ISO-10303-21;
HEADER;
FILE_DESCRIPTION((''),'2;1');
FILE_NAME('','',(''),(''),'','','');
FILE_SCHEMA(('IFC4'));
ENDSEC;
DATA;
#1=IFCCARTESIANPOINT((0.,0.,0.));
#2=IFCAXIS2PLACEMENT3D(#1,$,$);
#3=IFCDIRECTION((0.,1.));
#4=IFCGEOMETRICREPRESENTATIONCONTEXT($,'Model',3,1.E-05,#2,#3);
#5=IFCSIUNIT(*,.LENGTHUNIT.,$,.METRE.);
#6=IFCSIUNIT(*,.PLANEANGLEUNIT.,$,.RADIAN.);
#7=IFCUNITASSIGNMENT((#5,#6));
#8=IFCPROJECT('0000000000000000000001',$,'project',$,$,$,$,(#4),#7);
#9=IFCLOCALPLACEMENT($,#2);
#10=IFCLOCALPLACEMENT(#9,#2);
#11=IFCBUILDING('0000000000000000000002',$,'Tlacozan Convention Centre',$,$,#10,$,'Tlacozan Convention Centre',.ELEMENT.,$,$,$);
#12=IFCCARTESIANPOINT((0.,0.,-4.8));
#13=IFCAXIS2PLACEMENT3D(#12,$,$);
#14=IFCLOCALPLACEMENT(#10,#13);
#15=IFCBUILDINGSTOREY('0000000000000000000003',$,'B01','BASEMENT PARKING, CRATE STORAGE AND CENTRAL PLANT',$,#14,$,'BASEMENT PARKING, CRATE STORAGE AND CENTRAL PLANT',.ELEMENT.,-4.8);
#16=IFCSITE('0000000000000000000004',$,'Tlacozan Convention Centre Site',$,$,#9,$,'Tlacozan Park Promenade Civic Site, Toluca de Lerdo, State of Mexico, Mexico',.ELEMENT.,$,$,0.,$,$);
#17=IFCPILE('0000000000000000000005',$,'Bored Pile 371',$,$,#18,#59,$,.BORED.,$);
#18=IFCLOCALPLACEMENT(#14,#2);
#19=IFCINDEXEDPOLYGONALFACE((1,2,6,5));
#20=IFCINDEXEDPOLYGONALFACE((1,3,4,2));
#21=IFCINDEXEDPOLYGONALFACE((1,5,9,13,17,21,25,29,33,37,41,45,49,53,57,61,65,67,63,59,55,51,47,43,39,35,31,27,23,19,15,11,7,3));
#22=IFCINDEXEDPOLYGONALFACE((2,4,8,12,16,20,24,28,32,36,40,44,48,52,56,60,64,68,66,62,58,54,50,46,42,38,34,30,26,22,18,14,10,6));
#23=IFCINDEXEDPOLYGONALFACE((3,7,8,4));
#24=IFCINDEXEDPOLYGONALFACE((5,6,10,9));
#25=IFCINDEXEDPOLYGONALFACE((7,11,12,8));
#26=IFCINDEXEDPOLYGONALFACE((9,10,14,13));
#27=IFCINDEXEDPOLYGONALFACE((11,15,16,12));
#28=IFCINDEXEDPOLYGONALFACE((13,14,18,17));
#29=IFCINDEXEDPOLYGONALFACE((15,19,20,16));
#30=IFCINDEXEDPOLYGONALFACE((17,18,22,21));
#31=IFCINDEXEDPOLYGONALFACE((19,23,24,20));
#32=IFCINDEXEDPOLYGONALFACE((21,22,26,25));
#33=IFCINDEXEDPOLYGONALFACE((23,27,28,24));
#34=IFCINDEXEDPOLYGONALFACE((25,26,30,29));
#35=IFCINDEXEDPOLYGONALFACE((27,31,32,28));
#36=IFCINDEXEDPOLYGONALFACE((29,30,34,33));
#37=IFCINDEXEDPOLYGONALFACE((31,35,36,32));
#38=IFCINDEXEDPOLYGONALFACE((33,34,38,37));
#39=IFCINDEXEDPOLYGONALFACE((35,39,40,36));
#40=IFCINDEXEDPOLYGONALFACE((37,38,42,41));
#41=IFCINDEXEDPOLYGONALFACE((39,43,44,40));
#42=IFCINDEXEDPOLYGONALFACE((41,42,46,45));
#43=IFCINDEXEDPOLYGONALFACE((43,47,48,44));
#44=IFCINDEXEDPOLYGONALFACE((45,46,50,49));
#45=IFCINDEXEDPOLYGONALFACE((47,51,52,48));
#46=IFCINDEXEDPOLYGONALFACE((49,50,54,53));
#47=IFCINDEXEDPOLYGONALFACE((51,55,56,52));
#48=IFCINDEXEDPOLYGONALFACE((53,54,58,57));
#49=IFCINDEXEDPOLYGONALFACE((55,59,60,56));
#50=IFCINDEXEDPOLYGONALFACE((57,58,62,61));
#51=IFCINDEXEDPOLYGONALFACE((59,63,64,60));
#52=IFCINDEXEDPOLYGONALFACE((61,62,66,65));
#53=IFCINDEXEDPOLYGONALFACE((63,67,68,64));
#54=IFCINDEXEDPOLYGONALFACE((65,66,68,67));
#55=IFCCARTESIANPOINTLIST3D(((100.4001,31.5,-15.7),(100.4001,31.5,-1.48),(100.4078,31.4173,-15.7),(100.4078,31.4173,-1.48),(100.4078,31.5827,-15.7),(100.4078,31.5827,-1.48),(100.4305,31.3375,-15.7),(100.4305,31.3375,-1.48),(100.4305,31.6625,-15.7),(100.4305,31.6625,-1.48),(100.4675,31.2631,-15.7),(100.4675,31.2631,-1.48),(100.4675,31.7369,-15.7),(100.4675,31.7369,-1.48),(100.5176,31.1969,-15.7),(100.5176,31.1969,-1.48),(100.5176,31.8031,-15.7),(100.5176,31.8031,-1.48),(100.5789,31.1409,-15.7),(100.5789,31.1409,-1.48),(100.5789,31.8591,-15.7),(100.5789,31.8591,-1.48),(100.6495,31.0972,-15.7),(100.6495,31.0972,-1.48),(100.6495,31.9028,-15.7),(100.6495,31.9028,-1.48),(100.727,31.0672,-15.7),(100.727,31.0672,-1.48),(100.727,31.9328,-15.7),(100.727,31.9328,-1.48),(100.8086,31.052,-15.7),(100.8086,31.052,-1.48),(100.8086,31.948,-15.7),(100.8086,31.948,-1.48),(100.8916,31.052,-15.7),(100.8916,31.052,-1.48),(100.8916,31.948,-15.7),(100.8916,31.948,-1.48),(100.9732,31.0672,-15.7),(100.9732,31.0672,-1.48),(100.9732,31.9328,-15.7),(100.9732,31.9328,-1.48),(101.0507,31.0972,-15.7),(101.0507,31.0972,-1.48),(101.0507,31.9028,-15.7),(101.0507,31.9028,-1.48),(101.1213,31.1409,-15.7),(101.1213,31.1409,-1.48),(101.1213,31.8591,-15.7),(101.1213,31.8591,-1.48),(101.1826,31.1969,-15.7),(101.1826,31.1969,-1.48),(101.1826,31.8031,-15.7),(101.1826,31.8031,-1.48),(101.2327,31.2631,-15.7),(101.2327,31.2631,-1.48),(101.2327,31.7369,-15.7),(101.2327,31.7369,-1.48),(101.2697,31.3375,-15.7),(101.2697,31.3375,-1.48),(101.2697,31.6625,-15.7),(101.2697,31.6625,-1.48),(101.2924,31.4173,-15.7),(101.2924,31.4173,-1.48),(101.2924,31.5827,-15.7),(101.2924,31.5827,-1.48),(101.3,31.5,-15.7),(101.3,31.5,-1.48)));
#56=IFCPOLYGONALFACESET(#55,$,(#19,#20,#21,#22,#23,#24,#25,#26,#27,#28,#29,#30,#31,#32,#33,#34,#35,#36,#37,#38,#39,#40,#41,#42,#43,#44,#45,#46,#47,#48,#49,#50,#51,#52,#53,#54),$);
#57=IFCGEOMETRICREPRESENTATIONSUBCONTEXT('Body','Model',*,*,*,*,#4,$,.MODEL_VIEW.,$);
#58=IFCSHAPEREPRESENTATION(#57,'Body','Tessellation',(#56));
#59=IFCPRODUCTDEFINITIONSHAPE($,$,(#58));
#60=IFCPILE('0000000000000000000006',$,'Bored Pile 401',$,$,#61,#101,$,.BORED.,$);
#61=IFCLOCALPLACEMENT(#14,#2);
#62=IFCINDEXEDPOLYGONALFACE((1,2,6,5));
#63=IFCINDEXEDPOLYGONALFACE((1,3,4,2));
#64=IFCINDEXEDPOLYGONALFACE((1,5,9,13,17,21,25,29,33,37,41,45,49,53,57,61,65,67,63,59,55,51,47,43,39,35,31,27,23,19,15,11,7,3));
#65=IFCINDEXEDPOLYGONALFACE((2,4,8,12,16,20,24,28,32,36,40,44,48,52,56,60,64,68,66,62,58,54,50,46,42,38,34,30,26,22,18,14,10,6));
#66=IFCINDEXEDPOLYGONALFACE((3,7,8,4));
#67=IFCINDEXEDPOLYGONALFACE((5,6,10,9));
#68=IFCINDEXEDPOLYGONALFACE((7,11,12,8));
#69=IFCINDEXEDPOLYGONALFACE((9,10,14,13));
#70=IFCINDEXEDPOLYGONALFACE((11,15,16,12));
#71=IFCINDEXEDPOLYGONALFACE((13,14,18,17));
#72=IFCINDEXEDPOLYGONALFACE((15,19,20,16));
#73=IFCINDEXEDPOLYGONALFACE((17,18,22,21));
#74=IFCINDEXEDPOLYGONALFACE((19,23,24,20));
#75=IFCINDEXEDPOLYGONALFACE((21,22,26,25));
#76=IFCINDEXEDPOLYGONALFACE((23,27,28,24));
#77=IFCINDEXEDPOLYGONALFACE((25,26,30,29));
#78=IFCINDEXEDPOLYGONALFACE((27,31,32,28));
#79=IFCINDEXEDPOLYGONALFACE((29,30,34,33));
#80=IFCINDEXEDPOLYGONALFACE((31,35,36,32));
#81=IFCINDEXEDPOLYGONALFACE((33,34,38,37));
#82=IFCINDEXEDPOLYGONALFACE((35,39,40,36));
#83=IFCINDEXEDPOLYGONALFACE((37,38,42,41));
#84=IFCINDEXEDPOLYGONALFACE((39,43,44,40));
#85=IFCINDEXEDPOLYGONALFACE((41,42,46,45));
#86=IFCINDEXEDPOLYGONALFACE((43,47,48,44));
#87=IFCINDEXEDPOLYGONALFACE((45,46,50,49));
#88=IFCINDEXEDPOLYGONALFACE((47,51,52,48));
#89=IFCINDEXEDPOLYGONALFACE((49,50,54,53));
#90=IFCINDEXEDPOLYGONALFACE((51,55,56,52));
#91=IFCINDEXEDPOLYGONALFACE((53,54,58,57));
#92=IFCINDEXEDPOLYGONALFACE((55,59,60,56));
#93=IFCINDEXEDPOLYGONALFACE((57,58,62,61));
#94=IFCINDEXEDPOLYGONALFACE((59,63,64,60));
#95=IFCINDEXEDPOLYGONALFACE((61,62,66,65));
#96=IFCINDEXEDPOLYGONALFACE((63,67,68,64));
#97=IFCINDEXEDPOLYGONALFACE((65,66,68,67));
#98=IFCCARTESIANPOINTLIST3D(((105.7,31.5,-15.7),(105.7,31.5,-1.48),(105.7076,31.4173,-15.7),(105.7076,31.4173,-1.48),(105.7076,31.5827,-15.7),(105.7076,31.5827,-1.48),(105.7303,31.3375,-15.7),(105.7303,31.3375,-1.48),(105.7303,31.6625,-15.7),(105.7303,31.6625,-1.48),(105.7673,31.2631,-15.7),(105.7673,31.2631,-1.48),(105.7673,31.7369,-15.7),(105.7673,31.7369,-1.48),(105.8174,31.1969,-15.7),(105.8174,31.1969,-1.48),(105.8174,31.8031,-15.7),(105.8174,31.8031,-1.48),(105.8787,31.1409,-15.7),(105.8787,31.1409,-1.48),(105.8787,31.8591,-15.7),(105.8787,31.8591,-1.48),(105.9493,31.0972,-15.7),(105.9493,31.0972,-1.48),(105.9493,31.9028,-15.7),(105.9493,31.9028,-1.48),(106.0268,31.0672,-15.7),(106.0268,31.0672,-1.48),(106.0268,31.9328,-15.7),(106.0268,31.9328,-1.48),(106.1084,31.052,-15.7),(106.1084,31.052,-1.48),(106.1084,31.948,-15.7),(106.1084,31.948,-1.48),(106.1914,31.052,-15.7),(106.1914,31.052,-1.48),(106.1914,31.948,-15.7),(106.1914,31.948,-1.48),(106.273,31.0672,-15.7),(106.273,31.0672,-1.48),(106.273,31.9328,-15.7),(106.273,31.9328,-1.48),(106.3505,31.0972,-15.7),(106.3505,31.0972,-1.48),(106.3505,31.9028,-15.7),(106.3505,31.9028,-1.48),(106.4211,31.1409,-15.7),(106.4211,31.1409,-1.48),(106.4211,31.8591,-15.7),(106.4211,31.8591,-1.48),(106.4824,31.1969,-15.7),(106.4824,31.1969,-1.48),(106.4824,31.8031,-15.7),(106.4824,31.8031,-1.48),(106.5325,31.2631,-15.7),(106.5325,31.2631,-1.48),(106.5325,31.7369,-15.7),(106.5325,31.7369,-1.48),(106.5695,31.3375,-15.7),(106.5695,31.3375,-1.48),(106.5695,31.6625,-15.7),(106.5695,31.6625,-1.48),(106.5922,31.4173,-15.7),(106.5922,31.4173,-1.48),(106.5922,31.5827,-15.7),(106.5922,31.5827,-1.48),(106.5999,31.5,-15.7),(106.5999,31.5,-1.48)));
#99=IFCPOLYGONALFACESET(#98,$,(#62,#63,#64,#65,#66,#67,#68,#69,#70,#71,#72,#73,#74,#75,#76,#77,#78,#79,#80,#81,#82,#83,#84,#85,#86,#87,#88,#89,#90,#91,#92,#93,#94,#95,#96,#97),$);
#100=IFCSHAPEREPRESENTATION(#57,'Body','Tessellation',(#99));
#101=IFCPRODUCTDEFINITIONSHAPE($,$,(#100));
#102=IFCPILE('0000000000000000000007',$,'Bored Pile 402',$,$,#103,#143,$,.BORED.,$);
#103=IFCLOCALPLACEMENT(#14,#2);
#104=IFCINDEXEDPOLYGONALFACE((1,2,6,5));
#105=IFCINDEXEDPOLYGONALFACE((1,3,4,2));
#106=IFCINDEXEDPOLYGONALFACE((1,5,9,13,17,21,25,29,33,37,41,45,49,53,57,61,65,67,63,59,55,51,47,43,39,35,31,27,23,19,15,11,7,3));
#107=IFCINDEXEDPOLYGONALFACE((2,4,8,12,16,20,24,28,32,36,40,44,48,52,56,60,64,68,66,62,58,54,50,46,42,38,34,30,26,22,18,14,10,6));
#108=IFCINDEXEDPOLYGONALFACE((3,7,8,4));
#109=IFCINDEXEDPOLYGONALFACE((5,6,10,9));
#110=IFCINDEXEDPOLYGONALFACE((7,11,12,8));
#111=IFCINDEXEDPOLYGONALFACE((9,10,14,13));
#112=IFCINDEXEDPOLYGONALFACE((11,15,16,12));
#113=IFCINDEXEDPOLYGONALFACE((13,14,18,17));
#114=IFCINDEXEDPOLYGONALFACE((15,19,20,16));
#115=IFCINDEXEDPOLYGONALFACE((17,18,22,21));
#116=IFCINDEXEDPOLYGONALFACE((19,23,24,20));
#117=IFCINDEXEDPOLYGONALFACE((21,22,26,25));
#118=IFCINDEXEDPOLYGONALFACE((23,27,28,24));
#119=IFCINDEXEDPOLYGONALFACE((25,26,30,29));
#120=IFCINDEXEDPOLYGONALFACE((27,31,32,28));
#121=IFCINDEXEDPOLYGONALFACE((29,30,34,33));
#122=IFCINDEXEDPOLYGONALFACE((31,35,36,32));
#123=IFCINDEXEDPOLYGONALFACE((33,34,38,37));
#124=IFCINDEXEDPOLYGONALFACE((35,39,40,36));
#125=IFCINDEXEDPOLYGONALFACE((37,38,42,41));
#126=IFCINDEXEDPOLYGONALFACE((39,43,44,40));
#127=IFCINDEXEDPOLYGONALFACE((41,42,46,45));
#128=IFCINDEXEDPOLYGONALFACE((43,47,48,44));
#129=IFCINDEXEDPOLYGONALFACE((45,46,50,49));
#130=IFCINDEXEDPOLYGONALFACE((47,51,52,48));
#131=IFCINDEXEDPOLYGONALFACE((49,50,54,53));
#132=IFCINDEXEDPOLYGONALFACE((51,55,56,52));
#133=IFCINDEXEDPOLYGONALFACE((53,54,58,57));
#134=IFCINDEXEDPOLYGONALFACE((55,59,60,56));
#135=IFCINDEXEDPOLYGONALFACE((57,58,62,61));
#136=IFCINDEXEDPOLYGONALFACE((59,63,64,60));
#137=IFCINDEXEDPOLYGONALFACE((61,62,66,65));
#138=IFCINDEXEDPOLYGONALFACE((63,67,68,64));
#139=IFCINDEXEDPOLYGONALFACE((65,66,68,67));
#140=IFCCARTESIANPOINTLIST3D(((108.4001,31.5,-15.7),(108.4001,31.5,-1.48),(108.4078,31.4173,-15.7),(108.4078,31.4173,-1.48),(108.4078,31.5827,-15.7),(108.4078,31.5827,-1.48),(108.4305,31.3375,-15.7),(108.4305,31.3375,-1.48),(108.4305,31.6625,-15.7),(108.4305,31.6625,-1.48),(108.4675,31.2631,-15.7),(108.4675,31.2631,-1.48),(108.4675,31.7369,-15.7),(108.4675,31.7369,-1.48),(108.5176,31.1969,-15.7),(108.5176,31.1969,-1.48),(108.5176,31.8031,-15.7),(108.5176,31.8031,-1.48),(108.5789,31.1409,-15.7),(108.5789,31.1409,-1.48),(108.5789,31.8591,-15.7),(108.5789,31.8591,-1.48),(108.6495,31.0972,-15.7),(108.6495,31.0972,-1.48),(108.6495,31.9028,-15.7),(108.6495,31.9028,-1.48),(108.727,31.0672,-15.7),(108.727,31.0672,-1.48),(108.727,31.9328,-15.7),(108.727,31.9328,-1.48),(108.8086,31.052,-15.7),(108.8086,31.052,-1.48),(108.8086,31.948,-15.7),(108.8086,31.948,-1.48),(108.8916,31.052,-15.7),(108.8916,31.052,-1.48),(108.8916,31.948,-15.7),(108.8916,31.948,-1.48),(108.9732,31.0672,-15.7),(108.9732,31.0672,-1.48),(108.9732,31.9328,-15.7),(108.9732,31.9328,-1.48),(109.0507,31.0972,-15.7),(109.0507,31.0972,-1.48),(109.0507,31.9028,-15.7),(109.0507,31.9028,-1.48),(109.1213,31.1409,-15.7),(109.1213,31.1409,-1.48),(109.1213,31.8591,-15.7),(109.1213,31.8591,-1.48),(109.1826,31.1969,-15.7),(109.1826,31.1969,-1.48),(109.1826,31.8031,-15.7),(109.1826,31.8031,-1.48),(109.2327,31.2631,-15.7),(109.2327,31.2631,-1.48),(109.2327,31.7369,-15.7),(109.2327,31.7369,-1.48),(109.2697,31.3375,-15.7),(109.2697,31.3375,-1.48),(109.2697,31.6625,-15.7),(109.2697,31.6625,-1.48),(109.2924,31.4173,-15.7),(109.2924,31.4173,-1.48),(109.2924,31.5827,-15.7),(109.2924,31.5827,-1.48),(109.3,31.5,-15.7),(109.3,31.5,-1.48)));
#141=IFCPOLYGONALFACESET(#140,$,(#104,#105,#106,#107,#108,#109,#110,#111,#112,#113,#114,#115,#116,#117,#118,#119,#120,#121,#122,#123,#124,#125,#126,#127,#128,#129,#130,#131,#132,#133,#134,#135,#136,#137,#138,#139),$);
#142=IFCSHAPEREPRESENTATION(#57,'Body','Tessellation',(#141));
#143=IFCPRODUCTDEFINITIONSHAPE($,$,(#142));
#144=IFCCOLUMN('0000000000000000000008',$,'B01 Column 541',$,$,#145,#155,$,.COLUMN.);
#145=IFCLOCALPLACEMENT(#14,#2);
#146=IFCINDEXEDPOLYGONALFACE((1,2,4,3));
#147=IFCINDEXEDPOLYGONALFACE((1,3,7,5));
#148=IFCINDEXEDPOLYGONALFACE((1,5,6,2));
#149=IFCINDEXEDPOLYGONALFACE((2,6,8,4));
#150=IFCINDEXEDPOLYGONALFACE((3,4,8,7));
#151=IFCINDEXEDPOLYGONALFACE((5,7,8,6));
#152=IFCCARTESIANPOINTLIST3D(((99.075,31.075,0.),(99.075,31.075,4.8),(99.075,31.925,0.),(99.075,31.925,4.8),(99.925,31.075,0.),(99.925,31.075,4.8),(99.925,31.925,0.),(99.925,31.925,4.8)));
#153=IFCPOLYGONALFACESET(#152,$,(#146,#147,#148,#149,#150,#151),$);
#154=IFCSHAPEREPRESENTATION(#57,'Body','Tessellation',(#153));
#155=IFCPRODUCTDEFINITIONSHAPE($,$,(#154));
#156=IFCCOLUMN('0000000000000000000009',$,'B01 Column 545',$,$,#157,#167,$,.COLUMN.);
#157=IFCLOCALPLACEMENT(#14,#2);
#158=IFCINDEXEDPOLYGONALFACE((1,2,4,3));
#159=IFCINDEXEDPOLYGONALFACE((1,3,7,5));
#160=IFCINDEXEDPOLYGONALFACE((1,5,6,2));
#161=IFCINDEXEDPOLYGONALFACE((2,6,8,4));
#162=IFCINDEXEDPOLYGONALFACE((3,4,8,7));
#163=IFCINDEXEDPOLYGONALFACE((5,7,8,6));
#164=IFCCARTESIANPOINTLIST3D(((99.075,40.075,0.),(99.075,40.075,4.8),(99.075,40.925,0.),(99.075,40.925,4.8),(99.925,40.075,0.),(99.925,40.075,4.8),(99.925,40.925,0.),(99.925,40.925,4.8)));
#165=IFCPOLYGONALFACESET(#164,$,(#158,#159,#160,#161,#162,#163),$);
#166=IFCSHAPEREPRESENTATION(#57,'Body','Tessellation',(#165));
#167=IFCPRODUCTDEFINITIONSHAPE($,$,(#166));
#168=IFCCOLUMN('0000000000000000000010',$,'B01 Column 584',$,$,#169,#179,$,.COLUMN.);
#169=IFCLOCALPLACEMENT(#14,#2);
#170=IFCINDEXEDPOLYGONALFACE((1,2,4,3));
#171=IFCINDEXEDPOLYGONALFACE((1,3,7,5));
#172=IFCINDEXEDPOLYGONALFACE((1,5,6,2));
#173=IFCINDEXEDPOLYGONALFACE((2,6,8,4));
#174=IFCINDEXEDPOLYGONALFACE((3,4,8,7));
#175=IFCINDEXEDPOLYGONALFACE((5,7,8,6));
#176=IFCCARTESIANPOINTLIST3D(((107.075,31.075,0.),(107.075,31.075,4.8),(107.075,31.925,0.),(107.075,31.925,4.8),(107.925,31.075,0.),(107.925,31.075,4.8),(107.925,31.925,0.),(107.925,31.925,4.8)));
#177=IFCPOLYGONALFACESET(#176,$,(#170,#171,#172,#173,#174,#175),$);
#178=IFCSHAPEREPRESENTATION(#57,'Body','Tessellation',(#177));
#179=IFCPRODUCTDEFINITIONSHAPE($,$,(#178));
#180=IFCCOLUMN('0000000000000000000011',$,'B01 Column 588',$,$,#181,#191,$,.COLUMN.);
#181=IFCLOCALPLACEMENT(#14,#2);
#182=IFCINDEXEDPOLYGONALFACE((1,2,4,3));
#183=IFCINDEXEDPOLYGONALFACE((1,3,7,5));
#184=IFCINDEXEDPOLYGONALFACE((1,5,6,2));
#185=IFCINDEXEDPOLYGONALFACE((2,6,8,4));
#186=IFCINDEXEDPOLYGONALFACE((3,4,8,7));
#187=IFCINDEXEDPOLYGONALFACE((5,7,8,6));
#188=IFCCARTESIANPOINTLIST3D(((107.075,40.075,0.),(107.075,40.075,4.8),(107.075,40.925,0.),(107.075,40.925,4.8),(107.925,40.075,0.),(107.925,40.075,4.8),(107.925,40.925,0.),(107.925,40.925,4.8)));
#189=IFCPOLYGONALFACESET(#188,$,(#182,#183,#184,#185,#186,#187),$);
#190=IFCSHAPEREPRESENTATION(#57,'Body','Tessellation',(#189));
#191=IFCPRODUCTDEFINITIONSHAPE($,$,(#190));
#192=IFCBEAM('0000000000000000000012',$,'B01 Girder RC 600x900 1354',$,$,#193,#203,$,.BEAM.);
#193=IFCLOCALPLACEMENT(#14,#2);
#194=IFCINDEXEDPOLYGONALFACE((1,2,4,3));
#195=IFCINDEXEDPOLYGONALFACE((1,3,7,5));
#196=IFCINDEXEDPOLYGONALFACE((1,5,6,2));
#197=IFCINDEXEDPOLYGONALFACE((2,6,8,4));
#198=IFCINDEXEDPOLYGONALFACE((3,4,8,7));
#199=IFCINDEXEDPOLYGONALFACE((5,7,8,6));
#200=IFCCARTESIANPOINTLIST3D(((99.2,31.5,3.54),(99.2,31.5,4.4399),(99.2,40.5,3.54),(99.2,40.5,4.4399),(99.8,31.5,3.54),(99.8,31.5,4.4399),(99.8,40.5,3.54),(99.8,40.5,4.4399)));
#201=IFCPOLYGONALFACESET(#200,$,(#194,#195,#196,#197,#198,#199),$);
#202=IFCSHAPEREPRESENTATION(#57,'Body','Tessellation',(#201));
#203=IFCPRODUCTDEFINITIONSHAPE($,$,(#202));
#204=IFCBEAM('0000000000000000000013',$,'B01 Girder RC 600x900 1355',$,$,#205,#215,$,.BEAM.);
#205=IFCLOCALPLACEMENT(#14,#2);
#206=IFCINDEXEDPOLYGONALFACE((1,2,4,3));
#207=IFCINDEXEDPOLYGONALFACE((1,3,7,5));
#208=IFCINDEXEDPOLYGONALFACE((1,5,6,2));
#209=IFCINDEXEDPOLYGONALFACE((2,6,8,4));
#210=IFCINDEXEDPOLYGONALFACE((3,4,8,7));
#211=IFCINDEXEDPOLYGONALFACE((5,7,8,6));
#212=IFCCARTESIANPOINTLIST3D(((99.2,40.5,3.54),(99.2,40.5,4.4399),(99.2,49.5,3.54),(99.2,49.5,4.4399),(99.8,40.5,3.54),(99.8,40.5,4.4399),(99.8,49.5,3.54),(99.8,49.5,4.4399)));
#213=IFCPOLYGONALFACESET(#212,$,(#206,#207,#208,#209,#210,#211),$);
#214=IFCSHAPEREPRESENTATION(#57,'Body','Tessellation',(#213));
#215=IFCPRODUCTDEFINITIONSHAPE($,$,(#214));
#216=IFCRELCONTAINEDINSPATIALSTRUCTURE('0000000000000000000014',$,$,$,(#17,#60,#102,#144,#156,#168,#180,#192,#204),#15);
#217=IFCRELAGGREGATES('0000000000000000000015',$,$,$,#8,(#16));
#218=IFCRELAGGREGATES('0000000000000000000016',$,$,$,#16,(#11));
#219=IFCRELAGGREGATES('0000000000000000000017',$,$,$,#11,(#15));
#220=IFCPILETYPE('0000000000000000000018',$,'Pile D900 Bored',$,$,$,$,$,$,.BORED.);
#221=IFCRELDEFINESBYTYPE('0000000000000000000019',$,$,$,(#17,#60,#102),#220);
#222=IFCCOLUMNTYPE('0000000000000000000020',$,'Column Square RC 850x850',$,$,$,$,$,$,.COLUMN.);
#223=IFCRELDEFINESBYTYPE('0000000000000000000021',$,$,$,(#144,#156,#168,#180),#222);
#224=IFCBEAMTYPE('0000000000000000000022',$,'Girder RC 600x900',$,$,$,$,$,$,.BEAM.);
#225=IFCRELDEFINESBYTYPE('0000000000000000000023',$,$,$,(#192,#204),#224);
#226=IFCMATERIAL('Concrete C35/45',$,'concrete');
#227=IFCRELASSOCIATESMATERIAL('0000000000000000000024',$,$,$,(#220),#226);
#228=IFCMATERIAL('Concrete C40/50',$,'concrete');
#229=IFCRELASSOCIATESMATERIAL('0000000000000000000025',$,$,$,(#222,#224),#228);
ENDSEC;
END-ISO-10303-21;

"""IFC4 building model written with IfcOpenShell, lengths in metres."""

from ifc_helpers import new_model, si_unit, direction, frame, origin, origin_2d, place, context, subcontext, project, spatial, rectangle, circle, extrude, material, material_profile, profile_set, type_object, element, save


model = new_model("IFC4")

# Units and contexts
model_context = context("Model", 3, precision=1e-05, world=origin(), true_north=direction((0.0, 1.0)))
body_context = subcontext(model_context, "Body", "Model", "MODEL_VIEW")
ifc_project = project(units=[si_unit("LENGTHUNIT", "METRE"), si_unit("PLANEANGLEUNIT", "RADIAN")], contexts=[model_context])

# Site, building, storey
site_placement = place(None, origin())
site = spatial("IfcSite", under=ifc_project, at=site_placement, Name="Tlacozan Convention Centre Site", LongName="Tlacozan Park Promenade Civic Site, Toluca de Lerdo, State of Mexico, Mexico", CompositionType="ELEMENT", RefElevation=0.0)
building_placement = place(site_placement, origin())
building = spatial("IfcBuilding", under=site, at=building_placement, Name="Tlacozan Convention Centre", LongName="Tlacozan Convention Centre", CompositionType="ELEMENT")
storey_placement = place(building_placement, frame((0.0, 0.0, -4.8)))
storey = spatial("IfcBuildingStorey", under=building, at=storey_placement, Name="B01", Description="BASEMENT PARKING, CRATE STORAGE AND CENTRAL PLANT", LongName="BASEMENT PARKING, CRATE STORAGE AND CENTRAL PLANT", CompositionType="ELEMENT", Elevation=-4.8)

# Shared definitions
ifc_material_1 = material(Name="Concrete C35/45", Category="concrete")

# Piles
ifc_material_profile_1 = material_profile(ifc_material_1, circle(Radius=0.45, at=origin_2d()), Name="PILE D900")
ifc_profile_set_1 = profile_set([ifc_material_profile_1], Name="Concrete C35/45")
pile_type_1 = type_object("IfcPileType", Name="Pile D900 Bored", PredefinedType="BORED", material=ifc_profile_set_1)
for number, where, z_axis, x_axis, name in (
    (1, (100.8501, 31.5, -1.48), (0.0, 0.0, -1.0), (1.0, 0.0, 0.0), "Bored Pile 371"),
    (2, (106.1499, 31.5, -1.48), (0.0, 0.0, -1.0), (1.0, 0.0, 0.0), "Bored Pile 401"),
    (3, (108.8501, 31.5, -1.48), (0.0, 0.0, -1.0), (1.0, 0.0, 0.0), "Bored Pile 402"),
):
    element("IfcPile", number, at=place(storey_placement, frame(where, z_axis=z_axis, x_axis=x_axis)), inside=storey, type_object=pile_type_1, Name=name, PredefinedType="BORED", context=body_context, shape_type="SweptSolid", body=[
        extrude(circle(Radius=0.45, at=origin_2d()), origin(), (0.0, 0.0, 1.0), 14.22),
    ])

# Columns
ifc_material_2 = material(Name="Concrete C40/50", Category="concrete")
ifc_material_profile_2 = material_profile(ifc_material_2, rectangle(XDim=0.8501, YDim=0.8501, at=origin_2d()), Name="RC 850x850")
ifc_profile_set_2 = profile_set([ifc_material_profile_2], Name="Concrete C40/50")
column_type = type_object("IfcColumnType", Name="Column Square RC 850x850", PredefinedType="COLUMN", material=ifc_profile_set_2)
for number, where, z_axis, x_axis, name in (
    (4, (99.5, 31.5, 0.0), (0.0, 0.0, 1.0), (1.0, 0.0, 0.0), "B01 Column 541"),
    (5, (99.5, 40.5, 0.0), (0.0, 0.0, 1.0), (1.0, 0.0, 0.0), "B01 Column 545"),
    (6, (107.5, 31.5, 0.0), (0.0, 0.0, 1.0), (1.0, 0.0, 0.0), "B01 Column 584"),
    (7, (107.5, 40.5, 0.0), (0.0, 0.0, 1.0), (1.0, 0.0, 0.0), "B01 Column 588"),
):
    element("IfcColumn", number, at=place(storey_placement, frame(where, z_axis=z_axis, x_axis=x_axis)), inside=storey, type_object=column_type, Name=name, PredefinedType="COLUMN", context=body_context, shape_type="SweptSolid", body=[
        extrude(rectangle(XDim=0.8501, YDim=0.8501, at=origin_2d()), origin(), (0.0, 0.0, 1.0), 4.8),
    ])

# Beams
ifc_material_profile_3 = material_profile(ifc_material_2, rectangle(XDim=0.6001, YDim=0.8999, at=origin_2d()), Name="RC 600x900")
ifc_profile_set_3 = profile_set([ifc_material_profile_3], Name="Concrete C40/50")
beam_type_1 = type_object("IfcBeamType", Name="Girder RC 600x900", PredefinedType="BEAM", material=ifc_profile_set_3)
for number, where, z_axis, x_axis, name in (
    (8, (99.5, 31.5, 3.99), (0.0, 1.0, 0.0), (-1.0, 0.0, 0.0), "B01 Girder RC 600x900 1354"),
    (9, (99.5, 40.5, 3.99), (0.0, 1.0, 0.0), (-1.0, 0.0, 0.0), "B01 Girder RC 600x900 1355"),
):
    element("IfcBeam", number, at=place(storey_placement, frame(where, z_axis=z_axis, x_axis=x_axis)), inside=storey, type_object=beam_type_1, Name=name, PredefinedType="BEAM", context=body_context, shape_type="SweptSolid", body=[
        extrude(rectangle(XDim=0.6001, YDim=0.8999, at=origin_2d()), origin(), (0.0, 0.0, 1.0), 9.0),
    ])

save(model, "model.ifc")
